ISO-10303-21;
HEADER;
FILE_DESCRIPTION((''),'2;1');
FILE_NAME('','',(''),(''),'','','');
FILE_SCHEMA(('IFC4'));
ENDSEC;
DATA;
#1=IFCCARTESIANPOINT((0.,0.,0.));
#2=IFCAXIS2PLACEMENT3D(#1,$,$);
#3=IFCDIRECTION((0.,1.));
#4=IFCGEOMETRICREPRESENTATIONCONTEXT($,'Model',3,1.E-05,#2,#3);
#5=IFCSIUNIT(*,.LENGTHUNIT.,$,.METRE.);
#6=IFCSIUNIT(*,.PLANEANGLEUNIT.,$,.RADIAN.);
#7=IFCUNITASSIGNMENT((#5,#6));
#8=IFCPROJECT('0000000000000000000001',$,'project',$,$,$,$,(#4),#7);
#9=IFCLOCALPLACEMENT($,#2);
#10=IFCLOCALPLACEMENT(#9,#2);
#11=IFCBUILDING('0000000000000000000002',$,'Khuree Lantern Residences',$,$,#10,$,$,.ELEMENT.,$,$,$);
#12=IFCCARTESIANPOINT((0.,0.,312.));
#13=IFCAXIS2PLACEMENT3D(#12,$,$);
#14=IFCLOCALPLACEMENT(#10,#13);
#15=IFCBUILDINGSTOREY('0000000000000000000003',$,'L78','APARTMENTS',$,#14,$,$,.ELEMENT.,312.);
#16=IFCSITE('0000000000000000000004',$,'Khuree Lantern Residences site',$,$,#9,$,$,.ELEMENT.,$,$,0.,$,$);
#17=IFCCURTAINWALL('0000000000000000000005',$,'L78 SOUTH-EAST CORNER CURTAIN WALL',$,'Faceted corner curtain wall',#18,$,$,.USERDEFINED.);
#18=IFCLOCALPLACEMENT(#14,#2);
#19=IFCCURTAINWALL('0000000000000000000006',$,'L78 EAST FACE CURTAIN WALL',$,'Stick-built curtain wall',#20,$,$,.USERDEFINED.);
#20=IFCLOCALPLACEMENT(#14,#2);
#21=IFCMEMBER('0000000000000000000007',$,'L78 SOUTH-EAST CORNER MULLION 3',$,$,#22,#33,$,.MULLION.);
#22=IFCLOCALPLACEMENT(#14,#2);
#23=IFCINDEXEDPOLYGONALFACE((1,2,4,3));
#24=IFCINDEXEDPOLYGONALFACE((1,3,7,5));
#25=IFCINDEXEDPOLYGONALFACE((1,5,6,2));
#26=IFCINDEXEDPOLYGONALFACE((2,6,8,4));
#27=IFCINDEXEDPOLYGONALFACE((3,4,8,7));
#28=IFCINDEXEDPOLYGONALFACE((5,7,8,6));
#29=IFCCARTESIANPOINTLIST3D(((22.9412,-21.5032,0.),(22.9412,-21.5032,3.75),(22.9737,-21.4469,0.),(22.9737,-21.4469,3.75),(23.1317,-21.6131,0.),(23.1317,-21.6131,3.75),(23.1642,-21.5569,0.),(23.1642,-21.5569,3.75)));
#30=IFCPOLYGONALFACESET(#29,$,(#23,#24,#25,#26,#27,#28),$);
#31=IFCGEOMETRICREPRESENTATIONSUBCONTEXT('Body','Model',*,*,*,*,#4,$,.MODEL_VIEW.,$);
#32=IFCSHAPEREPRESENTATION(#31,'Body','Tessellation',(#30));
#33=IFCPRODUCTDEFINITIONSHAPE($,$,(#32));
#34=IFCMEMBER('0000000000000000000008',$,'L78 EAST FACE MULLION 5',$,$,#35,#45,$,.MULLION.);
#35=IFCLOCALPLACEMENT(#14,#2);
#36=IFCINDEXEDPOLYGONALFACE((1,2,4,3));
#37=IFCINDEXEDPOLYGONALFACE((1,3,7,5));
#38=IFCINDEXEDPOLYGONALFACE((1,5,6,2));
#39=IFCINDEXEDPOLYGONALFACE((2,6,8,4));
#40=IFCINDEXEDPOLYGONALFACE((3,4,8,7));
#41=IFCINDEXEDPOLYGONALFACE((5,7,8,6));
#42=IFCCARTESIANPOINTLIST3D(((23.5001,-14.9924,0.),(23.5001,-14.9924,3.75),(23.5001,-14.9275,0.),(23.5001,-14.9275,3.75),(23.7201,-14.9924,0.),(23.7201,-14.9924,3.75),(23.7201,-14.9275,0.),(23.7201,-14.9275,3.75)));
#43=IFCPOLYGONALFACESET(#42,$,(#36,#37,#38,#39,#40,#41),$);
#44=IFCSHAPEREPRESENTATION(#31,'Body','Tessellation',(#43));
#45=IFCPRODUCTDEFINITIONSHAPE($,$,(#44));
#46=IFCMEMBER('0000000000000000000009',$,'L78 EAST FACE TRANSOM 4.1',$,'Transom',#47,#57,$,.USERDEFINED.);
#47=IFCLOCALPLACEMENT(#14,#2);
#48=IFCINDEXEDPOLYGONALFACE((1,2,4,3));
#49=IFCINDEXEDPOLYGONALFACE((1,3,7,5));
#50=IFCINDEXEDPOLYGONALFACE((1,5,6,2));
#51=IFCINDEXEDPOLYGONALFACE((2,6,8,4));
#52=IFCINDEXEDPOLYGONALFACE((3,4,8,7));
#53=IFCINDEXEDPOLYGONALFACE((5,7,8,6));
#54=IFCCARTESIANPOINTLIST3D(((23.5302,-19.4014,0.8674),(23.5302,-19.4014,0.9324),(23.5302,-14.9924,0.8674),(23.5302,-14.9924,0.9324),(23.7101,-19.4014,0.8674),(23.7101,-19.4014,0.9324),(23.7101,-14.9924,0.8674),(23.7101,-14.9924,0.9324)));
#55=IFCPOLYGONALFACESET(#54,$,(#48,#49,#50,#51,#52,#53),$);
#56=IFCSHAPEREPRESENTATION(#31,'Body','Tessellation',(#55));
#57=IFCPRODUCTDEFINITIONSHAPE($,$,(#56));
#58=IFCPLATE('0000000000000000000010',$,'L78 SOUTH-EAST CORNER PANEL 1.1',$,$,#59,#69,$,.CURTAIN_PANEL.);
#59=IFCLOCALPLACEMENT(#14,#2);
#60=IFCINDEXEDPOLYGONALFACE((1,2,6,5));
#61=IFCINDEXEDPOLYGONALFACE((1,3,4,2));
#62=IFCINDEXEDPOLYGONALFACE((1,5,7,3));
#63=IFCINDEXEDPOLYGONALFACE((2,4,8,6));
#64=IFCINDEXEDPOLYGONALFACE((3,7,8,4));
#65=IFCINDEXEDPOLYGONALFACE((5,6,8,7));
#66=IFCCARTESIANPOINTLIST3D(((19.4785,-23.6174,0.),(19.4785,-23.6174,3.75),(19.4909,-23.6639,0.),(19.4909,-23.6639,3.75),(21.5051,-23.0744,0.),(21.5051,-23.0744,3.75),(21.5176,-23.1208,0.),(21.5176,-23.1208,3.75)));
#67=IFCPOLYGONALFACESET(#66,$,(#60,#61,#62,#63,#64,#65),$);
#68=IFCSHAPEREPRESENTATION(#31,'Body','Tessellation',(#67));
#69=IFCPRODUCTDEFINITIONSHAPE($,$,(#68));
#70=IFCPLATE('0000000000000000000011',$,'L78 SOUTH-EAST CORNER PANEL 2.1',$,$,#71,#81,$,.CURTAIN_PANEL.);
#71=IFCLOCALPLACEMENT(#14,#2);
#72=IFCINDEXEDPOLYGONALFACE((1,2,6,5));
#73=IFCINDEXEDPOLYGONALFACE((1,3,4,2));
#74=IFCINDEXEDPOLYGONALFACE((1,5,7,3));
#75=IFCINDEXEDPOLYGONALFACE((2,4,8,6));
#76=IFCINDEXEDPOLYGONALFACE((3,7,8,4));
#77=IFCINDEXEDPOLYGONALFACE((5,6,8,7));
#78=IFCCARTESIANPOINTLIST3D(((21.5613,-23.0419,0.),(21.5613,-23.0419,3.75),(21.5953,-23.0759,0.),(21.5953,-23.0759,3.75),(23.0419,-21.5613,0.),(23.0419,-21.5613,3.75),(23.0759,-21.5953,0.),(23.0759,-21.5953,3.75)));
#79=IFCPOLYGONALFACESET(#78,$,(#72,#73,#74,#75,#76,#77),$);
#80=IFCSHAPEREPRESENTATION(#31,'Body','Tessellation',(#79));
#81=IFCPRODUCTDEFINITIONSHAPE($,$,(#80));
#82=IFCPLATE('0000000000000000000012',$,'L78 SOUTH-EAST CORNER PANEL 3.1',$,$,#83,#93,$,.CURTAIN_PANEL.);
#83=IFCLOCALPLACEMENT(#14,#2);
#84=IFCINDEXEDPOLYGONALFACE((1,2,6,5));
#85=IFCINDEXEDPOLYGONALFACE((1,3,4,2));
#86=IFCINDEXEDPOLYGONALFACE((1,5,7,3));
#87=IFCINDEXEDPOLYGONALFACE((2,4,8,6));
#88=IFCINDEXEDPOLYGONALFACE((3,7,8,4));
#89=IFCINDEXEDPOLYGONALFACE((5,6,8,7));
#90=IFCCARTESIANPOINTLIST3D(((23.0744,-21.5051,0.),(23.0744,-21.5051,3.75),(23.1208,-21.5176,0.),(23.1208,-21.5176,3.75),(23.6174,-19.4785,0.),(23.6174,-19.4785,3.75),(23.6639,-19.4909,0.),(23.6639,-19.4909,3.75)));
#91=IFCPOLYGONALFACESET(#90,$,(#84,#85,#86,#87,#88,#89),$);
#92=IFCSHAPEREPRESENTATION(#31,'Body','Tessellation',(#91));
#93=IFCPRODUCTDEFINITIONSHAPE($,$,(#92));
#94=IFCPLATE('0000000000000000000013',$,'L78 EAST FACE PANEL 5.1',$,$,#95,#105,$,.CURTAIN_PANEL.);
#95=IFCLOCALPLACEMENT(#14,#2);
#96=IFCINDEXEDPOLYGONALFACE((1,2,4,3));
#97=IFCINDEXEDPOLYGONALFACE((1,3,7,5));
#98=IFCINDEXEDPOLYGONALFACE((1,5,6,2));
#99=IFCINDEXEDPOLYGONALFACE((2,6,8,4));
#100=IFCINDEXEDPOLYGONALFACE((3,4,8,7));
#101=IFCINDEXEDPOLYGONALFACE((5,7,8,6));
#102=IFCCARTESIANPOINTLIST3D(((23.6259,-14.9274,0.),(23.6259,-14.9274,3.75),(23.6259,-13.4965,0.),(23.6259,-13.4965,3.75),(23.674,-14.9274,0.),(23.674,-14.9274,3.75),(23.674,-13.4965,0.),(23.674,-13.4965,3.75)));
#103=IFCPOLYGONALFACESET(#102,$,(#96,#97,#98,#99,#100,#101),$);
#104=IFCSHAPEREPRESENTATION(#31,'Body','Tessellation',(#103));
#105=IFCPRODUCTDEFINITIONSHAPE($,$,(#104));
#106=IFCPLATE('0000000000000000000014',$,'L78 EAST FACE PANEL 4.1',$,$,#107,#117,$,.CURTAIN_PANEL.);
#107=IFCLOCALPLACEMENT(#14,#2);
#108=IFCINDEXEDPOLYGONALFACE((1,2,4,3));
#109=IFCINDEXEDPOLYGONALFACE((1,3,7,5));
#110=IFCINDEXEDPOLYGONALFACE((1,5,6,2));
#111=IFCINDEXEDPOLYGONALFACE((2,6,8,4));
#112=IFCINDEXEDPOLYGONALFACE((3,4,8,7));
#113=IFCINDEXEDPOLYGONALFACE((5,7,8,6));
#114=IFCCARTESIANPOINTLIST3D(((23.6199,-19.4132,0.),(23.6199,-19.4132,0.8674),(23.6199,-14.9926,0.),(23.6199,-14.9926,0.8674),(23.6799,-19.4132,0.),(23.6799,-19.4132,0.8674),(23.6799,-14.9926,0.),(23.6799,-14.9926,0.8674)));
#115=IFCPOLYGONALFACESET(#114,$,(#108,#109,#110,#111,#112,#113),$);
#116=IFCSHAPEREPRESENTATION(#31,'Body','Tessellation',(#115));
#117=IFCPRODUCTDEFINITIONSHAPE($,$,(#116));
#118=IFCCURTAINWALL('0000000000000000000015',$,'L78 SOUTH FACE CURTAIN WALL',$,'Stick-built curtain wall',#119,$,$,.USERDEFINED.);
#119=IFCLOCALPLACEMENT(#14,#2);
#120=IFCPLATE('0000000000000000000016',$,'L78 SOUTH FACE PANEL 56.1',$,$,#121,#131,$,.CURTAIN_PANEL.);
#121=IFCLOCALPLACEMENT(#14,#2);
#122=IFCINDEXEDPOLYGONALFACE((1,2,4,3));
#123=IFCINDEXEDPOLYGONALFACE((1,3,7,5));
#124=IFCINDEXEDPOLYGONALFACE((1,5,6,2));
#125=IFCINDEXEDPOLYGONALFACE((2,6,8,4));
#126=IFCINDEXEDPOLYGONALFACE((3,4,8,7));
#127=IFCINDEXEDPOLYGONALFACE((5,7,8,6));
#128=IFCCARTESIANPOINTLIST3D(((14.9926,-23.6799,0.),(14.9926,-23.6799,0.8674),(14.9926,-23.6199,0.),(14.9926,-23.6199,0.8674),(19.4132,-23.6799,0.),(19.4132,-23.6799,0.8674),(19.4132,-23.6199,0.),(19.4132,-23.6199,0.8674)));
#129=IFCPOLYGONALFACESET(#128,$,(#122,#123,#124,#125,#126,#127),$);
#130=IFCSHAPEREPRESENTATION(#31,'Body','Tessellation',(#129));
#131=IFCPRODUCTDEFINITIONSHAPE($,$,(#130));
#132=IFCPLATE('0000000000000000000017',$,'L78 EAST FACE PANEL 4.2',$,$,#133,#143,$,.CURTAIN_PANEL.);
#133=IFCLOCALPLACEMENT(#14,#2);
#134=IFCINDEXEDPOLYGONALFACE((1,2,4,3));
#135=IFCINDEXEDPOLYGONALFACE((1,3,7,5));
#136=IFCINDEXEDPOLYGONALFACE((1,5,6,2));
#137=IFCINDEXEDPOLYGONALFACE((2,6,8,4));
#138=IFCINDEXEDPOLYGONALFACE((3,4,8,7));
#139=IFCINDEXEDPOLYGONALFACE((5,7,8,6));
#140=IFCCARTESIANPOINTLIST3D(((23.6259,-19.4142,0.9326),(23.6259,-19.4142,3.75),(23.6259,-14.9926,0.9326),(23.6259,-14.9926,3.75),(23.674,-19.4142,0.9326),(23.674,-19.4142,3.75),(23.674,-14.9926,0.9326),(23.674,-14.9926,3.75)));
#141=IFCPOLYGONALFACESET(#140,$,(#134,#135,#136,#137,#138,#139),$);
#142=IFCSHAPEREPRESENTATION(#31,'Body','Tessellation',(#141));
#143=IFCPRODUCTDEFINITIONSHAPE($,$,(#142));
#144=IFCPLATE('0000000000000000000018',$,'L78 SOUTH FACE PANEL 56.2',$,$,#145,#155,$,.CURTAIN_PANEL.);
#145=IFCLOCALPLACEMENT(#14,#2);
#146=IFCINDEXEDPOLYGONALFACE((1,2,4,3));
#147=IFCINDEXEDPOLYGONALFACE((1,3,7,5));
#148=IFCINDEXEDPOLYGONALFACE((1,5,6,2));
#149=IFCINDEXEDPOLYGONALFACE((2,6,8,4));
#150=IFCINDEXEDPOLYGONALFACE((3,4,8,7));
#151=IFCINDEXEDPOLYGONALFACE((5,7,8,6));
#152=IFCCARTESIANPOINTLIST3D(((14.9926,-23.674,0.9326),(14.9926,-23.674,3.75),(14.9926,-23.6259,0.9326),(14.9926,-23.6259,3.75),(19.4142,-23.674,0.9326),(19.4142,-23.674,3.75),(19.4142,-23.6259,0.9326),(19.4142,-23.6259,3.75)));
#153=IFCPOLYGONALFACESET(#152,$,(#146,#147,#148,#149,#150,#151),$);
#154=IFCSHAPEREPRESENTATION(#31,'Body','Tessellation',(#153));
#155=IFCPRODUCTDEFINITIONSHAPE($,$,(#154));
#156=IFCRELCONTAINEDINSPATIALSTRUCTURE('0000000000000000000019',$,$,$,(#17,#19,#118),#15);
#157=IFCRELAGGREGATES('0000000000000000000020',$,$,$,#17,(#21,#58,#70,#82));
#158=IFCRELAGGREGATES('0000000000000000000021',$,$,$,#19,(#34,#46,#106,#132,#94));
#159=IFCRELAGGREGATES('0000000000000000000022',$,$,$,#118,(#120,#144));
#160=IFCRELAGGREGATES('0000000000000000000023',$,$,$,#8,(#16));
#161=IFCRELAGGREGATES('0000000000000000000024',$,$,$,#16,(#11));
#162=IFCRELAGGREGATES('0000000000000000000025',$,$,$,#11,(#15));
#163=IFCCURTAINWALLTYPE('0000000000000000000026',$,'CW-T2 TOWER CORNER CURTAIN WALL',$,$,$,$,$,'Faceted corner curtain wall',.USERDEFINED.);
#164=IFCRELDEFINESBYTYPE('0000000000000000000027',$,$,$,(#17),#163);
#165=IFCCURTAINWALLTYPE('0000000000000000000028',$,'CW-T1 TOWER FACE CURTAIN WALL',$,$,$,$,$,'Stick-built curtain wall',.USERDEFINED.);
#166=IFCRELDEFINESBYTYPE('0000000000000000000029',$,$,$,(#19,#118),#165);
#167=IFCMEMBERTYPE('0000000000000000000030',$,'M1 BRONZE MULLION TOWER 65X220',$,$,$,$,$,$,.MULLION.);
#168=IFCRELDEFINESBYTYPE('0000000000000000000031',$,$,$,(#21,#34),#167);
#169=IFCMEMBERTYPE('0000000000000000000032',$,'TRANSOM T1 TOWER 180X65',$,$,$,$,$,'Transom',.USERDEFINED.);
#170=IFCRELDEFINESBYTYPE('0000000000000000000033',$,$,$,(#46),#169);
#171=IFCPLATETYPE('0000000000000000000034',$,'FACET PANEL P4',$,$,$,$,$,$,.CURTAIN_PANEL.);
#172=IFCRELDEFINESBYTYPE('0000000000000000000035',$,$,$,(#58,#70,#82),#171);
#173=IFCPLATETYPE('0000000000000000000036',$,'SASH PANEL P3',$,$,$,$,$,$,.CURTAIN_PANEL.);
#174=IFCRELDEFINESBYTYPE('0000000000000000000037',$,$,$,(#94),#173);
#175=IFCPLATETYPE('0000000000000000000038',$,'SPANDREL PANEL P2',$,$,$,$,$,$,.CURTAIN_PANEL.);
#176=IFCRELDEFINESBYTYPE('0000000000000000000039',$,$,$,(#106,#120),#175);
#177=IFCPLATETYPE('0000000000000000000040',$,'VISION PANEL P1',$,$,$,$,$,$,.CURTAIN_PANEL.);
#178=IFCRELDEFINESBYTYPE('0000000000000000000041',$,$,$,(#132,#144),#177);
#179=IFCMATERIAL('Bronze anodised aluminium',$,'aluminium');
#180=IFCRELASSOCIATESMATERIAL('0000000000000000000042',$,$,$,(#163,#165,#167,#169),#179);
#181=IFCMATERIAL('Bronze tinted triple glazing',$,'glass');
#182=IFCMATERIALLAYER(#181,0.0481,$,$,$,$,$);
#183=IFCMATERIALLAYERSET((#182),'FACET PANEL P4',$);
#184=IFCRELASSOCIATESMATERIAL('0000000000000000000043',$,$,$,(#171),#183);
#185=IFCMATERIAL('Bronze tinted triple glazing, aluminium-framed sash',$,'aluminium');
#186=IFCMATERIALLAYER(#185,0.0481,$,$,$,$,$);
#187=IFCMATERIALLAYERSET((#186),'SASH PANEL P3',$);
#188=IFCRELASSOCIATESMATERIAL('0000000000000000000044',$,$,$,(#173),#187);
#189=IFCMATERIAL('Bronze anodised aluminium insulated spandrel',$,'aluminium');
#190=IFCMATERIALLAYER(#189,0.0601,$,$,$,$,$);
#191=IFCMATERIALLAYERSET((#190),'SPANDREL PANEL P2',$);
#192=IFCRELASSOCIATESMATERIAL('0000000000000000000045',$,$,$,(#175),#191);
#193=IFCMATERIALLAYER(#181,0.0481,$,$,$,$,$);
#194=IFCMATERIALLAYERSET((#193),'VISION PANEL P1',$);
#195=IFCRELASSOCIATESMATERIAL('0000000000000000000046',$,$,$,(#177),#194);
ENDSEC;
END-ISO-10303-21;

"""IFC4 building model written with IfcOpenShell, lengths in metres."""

from ifc_helpers import new_model, si_unit, direction, frame, origin, origin_2d, place, context, subcontext, project, spatial, rectangle, extrude, material, layer, layer_set, material_profile, profile_set, type_object, element, aggregate, save


model = new_model("IFC4")

# Units and contexts
model_context = context("Model", 3, precision=1e-05, world=origin(), true_north=direction((0.0, 1.0)))
body_context = subcontext(model_context, "Body", "Model", "MODEL_VIEW")
ifc_project = project(units=[si_unit("LENGTHUNIT", "METRE"), si_unit("PLANEANGLEUNIT", "RADIAN")], contexts=[model_context])

# Site, building, storey
site_placement = place(None, origin())
site = spatial("IfcSite", under=ifc_project, at=site_placement, Name="Khuree Lantern Residences site", CompositionType="ELEMENT", RefElevation=0.0)
building_placement = place(site_placement, origin())
building = spatial("IfcBuilding", under=site, at=building_placement, Name="Khuree Lantern Residences", CompositionType="ELEMENT")
storey_placement = place(building_placement, frame((0.0, 0.0, 312.0)))
storey = spatial("IfcBuildingStorey", under=building, at=storey_placement, Name="L78", Description="APARTMENTS", CompositionType="ELEMENT", Elevation=312.0)

# Curtain walls
ifc_material_1 = material(Name="Bronze anodised aluminium", Category="aluminium")
curtain_wall_type_1 = type_object("IfcCurtainWallType", Name="CW-T2 TOWER CORNER CURTAIN WALL", ElementType="Faceted corner curtain wall", PredefinedType="USERDEFINED", material=ifc_material_1)
curtain_wall_1_placement = place(storey_placement, origin())
curtain_wall_1 = element("IfcCurtainWall", 1, at=curtain_wall_1_placement, inside=storey, type_object=curtain_wall_type_1, Name="L78 SOUTH-EAST CORNER CURTAIN WALL", ObjectType="Faceted corner curtain wall", PredefinedType="USERDEFINED")
curtain_wall_type_2 = type_object("IfcCurtainWallType", Name="CW-T1 TOWER FACE CURTAIN WALL", ElementType="Stick-built curtain wall", PredefinedType="USERDEFINED", material=ifc_material_1)
curtain_wall_2_placement = place(storey_placement, origin())
curtain_wall_2 = element("IfcCurtainWall", 2, at=curtain_wall_2_placement, inside=storey, type_object=curtain_wall_type_2, Name="L78 EAST FACE CURTAIN WALL", ObjectType="Stick-built curtain wall", PredefinedType="USERDEFINED")

# Members
ifc_material_profile_1 = material_profile(ifc_material_1, rectangle(XDim=0.0649, YDim=0.22, at=origin_2d()), Name="M1 65X220")
ifc_profile_set_1 = profile_set([ifc_material_profile_1], Name="Bronze anodised aluminium")
member_type_1 = type_object("IfcMemberType", Name="M1 BRONZE MULLION TOWER 65X220", PredefinedType="MULLION", material=ifc_profile_set_1)
member_1_placement = place(storey_placement, frame((23.0527, -21.53, 0.0), z_axis=(0.0, 0.0, 1.0), x_axis=(0.5, 0.866025, 0.0)))
member_1 = element("IfcMember", 3, at=member_1_placement, type_object=member_type_1, Name="L78 SOUTH-EAST CORNER MULLION 3", PredefinedType="MULLION", context=body_context, shape_type="SweptSolid", body=[
    extrude(rectangle(XDim=0.0649, YDim=0.22, at=origin_2d()), origin(), (0.0, 0.0, 1.0), 3.75),
])
member_2_placement = place(storey_placement, frame((23.6101, -14.96, 0.0), z_axis=(0.0, 0.0, 1.0), x_axis=(0.0, 1.0, 0.0)))
member_2 = element("IfcMember", 4, at=member_2_placement, type_object=member_type_1, Name="L78 EAST FACE MULLION 5", PredefinedType="MULLION", context=body_context, shape_type="SweptSolid", body=[
    extrude(rectangle(XDim=0.0649, YDim=0.22, at=origin_2d()), origin(), (0.0, 0.0, 1.0), 3.75),
])
ifc_material_profile_2 = material_profile(ifc_material_1, rectangle(XDim=0.1799, YDim=0.0649, at=origin_2d()), Name="T1 180X65")
ifc_profile_set_2 = profile_set([ifc_material_profile_2], Name="Bronze anodised aluminium")
member_type_2 = type_object("IfcMemberType", Name="TRANSOM T1 TOWER 180X65", ElementType="Transom", PredefinedType="USERDEFINED", material=ifc_profile_set_2)
member_3_placement = place(storey_placement, frame((23.6201, -19.4014, 0.8999), z_axis=(0.0, 1.0, 0.0), x_axis=(-1.0, 0.0, 0.0)))
member_3 = element("IfcMember", 5, at=member_3_placement, type_object=member_type_2, Name="L78 EAST FACE TRANSOM 4.1", ObjectType="Transom", PredefinedType="USERDEFINED", context=body_context, shape_type="SweptSolid", body=[
    extrude(rectangle(XDim=0.1799, YDim=0.0649, at=origin_2d()), origin(), (0.0, 0.0, 1.0), 4.4089),
])

# Plates
ifc_material_2 = material(Name="Bronze tinted triple glazing", Category="glass")
ifc_layer_1 = layer(ifc_material_2, 0.0481)
ifc_layer_set_1 = layer_set([ifc_layer_1], Name="FACET PANEL P4")
plate_type_1 = type_object("IfcPlateType", Name="FACET PANEL P4", PredefinedType="CURTAIN_PANEL", material=ifc_layer_set_1)
plate_1_placement = place(storey_placement, frame((20.498, -23.3691, 0.0), z_axis=(0.0, 0.0, 1.0), x_axis=(0.965926, 0.258819, 0.0)))
plate_1 = element("IfcPlate", 6, at=plate_1_placement, type_object=plate_type_1, Name="L78 SOUTH-EAST CORNER PANEL 1.1", PredefinedType="CURTAIN_PANEL", context=body_context, shape_type="SweptSolid", body=[
    extrude(rectangle(XDim=2.0981, YDim=0.0481, at=origin_2d()), origin(), (0.0, 0.0, 1.0), 3.75),
])
plate_2_placement = place(storey_placement, frame((22.3186, -22.3186, 0.0), z_axis=(0.0, 0.0, 1.0), x_axis=(0.707107, 0.707107, 0.0)))
plate_2 = element("IfcPlate", 7, at=plate_2_placement, type_object=plate_type_1, Name="L78 SOUTH-EAST CORNER PANEL 2.1", PredefinedType="CURTAIN_PANEL", context=body_context, shape_type="SweptSolid", body=[
    extrude(rectangle(XDim=2.094, YDim=0.0481, at=origin_2d()), origin(), (0.0, 0.0, 1.0), 3.75),
])
plate_3_placement = place(storey_placement, frame((23.3691, -20.498, 0.0), z_axis=(0.0, 0.0, 1.0), x_axis=(0.258819, 0.965926, 0.0)))
plate_3 = element("IfcPlate", 8, at=plate_3_placement, type_object=plate_type_1, Name="L78 SOUTH-EAST CORNER PANEL 3.1", PredefinedType="CURTAIN_PANEL", context=body_context, shape_type="SweptSolid", body=[
    extrude(rectangle(XDim=2.0981, YDim=0.0481, at=origin_2d()), origin(), (0.0, 0.0, 1.0), 3.75),
])
aggregate(curtain_wall_1, [member_1, plate_1, plate_2, plate_3])
ifc_material_3 = material(Name="Bronze tinted triple glazing, aluminium-framed sash", Category="aluminium")
ifc_layer_2 = layer(ifc_material_3, 0.0481)
ifc_layer_set_2 = layer_set([ifc_layer_2], Name="SASH PANEL P3")
plate_type_2 = type_object("IfcPlateType", Name="SASH PANEL P3", PredefinedType="CURTAIN_PANEL", material=ifc_layer_set_2)
plate_4_placement = place(storey_placement, frame((23.6499, -14.2119, 0.0), z_axis=(0.0, 0.0, 1.0), x_axis=(0.0, 1.0, 0.0)))
plate_4 = element("IfcPlate", 9, at=plate_4_placement, type_object=plate_type_2, Name="L78 EAST FACE PANEL 5.1", PredefinedType="CURTAIN_PANEL", context=body_context, shape_type="SweptSolid", body=[
    extrude(rectangle(XDim=1.4309, YDim=0.0481, at=origin_2d()), origin(), (0.0, 0.0, 1.0), 3.75),
])
ifc_material_4 = material(Name="Bronze anodised aluminium insulated spandrel", Category="aluminium")
ifc_layer_3 = layer(ifc_material_4, 0.0601)
ifc_layer_set_3 = layer_set([ifc_layer_3], Name="SPANDREL PANEL P2")
plate_type_3 = type_object("IfcPlateType", Name="SPANDREL PANEL P2", PredefinedType="CURTAIN_PANEL", material=ifc_layer_set_3)
plate_5_placement = place(storey_placement, frame((23.6499, -17.2029, 0.0), z_axis=(0.0, 0.0, 1.0), x_axis=(0.0, 1.0, 0.0)))
plate_5 = element("IfcPlate", 10, at=plate_5_placement, type_object=plate_type_3, Name="L78 EAST FACE PANEL 4.1", PredefinedType="CURTAIN_PANEL", context=body_context, shape_type="SweptSolid", body=[
    extrude(rectangle(XDim=4.4207, YDim=0.0601, at=origin_2d()), origin(), (0.0, 0.0, 1.0), 0.8674),
])

# Curtain wall, plate
curtain_wall_3_placement = place(storey_placement, origin())
curtain_wall_3 = element("IfcCurtainWall", 11, at=curtain_wall_3_placement, inside=storey, type_object=curtain_wall_type_2, Name="L78 SOUTH FACE CURTAIN WALL", ObjectType="Stick-built curtain wall", PredefinedType="USERDEFINED")
plate_6_placement = place(storey_placement, frame((17.2029, -23.6499, 0.0), z_axis=(0.0, 0.0, 1.0), x_axis=(1.0, 0.0, 0.0)))
plate_6 = element("IfcPlate", 12, at=plate_6_placement, type_object=plate_type_3, Name="L78 SOUTH FACE PANEL 56.1", PredefinedType="CURTAIN_PANEL", context=body_context, shape_type="SweptSolid", body=[
    extrude(rectangle(XDim=4.4207, YDim=0.0601, at=origin_2d()), origin(), (0.0, 0.0, 1.0), 0.8674),
])

# Plates
ifc_layer_4 = layer(ifc_material_2, 0.0481)
ifc_layer_set_4 = layer_set([ifc_layer_4], Name="VISION PANEL P1")
plate_type_4 = type_object("IfcPlateType", Name="VISION PANEL P1", PredefinedType="CURTAIN_PANEL", material=ifc_layer_set_4)
plate_7_placement = place(storey_placement, frame((23.6499, -17.2034, 0.9326), z_axis=(0.0, 0.0, 1.0), x_axis=(0.0, 1.0, 0.0)))
plate_7 = element("IfcPlate", 13, at=plate_7_placement, type_object=plate_type_4, Name="L78 EAST FACE PANEL 4.2", PredefinedType="CURTAIN_PANEL", context=body_context, shape_type="SweptSolid", body=[
    extrude(rectangle(XDim=4.4216, YDim=0.0481, at=origin_2d()), origin(), (0.0, 0.0, 1.0), 2.8174),
])
aggregate(curtain_wall_2, [member_2, member_3, plate_5, plate_7, plate_4])
plate_8_placement = place(storey_placement, frame((17.2034, -23.6499, 0.9326), z_axis=(0.0, 0.0, 1.0), x_axis=(1.0, 0.0, 0.0)))
plate_8 = element("IfcPlate", 14, at=plate_8_placement, type_object=plate_type_4, Name="L78 SOUTH FACE PANEL 56.2", PredefinedType="CURTAIN_PANEL", context=body_context, shape_type="SweptSolid", body=[
    extrude(rectangle(XDim=4.4216, YDim=0.0481, at=origin_2d()), origin(), (0.0, 0.0, 1.0), 2.8174),
])
aggregate(curtain_wall_3, [plate_6, plate_8])

save(model, "model.ifc")
